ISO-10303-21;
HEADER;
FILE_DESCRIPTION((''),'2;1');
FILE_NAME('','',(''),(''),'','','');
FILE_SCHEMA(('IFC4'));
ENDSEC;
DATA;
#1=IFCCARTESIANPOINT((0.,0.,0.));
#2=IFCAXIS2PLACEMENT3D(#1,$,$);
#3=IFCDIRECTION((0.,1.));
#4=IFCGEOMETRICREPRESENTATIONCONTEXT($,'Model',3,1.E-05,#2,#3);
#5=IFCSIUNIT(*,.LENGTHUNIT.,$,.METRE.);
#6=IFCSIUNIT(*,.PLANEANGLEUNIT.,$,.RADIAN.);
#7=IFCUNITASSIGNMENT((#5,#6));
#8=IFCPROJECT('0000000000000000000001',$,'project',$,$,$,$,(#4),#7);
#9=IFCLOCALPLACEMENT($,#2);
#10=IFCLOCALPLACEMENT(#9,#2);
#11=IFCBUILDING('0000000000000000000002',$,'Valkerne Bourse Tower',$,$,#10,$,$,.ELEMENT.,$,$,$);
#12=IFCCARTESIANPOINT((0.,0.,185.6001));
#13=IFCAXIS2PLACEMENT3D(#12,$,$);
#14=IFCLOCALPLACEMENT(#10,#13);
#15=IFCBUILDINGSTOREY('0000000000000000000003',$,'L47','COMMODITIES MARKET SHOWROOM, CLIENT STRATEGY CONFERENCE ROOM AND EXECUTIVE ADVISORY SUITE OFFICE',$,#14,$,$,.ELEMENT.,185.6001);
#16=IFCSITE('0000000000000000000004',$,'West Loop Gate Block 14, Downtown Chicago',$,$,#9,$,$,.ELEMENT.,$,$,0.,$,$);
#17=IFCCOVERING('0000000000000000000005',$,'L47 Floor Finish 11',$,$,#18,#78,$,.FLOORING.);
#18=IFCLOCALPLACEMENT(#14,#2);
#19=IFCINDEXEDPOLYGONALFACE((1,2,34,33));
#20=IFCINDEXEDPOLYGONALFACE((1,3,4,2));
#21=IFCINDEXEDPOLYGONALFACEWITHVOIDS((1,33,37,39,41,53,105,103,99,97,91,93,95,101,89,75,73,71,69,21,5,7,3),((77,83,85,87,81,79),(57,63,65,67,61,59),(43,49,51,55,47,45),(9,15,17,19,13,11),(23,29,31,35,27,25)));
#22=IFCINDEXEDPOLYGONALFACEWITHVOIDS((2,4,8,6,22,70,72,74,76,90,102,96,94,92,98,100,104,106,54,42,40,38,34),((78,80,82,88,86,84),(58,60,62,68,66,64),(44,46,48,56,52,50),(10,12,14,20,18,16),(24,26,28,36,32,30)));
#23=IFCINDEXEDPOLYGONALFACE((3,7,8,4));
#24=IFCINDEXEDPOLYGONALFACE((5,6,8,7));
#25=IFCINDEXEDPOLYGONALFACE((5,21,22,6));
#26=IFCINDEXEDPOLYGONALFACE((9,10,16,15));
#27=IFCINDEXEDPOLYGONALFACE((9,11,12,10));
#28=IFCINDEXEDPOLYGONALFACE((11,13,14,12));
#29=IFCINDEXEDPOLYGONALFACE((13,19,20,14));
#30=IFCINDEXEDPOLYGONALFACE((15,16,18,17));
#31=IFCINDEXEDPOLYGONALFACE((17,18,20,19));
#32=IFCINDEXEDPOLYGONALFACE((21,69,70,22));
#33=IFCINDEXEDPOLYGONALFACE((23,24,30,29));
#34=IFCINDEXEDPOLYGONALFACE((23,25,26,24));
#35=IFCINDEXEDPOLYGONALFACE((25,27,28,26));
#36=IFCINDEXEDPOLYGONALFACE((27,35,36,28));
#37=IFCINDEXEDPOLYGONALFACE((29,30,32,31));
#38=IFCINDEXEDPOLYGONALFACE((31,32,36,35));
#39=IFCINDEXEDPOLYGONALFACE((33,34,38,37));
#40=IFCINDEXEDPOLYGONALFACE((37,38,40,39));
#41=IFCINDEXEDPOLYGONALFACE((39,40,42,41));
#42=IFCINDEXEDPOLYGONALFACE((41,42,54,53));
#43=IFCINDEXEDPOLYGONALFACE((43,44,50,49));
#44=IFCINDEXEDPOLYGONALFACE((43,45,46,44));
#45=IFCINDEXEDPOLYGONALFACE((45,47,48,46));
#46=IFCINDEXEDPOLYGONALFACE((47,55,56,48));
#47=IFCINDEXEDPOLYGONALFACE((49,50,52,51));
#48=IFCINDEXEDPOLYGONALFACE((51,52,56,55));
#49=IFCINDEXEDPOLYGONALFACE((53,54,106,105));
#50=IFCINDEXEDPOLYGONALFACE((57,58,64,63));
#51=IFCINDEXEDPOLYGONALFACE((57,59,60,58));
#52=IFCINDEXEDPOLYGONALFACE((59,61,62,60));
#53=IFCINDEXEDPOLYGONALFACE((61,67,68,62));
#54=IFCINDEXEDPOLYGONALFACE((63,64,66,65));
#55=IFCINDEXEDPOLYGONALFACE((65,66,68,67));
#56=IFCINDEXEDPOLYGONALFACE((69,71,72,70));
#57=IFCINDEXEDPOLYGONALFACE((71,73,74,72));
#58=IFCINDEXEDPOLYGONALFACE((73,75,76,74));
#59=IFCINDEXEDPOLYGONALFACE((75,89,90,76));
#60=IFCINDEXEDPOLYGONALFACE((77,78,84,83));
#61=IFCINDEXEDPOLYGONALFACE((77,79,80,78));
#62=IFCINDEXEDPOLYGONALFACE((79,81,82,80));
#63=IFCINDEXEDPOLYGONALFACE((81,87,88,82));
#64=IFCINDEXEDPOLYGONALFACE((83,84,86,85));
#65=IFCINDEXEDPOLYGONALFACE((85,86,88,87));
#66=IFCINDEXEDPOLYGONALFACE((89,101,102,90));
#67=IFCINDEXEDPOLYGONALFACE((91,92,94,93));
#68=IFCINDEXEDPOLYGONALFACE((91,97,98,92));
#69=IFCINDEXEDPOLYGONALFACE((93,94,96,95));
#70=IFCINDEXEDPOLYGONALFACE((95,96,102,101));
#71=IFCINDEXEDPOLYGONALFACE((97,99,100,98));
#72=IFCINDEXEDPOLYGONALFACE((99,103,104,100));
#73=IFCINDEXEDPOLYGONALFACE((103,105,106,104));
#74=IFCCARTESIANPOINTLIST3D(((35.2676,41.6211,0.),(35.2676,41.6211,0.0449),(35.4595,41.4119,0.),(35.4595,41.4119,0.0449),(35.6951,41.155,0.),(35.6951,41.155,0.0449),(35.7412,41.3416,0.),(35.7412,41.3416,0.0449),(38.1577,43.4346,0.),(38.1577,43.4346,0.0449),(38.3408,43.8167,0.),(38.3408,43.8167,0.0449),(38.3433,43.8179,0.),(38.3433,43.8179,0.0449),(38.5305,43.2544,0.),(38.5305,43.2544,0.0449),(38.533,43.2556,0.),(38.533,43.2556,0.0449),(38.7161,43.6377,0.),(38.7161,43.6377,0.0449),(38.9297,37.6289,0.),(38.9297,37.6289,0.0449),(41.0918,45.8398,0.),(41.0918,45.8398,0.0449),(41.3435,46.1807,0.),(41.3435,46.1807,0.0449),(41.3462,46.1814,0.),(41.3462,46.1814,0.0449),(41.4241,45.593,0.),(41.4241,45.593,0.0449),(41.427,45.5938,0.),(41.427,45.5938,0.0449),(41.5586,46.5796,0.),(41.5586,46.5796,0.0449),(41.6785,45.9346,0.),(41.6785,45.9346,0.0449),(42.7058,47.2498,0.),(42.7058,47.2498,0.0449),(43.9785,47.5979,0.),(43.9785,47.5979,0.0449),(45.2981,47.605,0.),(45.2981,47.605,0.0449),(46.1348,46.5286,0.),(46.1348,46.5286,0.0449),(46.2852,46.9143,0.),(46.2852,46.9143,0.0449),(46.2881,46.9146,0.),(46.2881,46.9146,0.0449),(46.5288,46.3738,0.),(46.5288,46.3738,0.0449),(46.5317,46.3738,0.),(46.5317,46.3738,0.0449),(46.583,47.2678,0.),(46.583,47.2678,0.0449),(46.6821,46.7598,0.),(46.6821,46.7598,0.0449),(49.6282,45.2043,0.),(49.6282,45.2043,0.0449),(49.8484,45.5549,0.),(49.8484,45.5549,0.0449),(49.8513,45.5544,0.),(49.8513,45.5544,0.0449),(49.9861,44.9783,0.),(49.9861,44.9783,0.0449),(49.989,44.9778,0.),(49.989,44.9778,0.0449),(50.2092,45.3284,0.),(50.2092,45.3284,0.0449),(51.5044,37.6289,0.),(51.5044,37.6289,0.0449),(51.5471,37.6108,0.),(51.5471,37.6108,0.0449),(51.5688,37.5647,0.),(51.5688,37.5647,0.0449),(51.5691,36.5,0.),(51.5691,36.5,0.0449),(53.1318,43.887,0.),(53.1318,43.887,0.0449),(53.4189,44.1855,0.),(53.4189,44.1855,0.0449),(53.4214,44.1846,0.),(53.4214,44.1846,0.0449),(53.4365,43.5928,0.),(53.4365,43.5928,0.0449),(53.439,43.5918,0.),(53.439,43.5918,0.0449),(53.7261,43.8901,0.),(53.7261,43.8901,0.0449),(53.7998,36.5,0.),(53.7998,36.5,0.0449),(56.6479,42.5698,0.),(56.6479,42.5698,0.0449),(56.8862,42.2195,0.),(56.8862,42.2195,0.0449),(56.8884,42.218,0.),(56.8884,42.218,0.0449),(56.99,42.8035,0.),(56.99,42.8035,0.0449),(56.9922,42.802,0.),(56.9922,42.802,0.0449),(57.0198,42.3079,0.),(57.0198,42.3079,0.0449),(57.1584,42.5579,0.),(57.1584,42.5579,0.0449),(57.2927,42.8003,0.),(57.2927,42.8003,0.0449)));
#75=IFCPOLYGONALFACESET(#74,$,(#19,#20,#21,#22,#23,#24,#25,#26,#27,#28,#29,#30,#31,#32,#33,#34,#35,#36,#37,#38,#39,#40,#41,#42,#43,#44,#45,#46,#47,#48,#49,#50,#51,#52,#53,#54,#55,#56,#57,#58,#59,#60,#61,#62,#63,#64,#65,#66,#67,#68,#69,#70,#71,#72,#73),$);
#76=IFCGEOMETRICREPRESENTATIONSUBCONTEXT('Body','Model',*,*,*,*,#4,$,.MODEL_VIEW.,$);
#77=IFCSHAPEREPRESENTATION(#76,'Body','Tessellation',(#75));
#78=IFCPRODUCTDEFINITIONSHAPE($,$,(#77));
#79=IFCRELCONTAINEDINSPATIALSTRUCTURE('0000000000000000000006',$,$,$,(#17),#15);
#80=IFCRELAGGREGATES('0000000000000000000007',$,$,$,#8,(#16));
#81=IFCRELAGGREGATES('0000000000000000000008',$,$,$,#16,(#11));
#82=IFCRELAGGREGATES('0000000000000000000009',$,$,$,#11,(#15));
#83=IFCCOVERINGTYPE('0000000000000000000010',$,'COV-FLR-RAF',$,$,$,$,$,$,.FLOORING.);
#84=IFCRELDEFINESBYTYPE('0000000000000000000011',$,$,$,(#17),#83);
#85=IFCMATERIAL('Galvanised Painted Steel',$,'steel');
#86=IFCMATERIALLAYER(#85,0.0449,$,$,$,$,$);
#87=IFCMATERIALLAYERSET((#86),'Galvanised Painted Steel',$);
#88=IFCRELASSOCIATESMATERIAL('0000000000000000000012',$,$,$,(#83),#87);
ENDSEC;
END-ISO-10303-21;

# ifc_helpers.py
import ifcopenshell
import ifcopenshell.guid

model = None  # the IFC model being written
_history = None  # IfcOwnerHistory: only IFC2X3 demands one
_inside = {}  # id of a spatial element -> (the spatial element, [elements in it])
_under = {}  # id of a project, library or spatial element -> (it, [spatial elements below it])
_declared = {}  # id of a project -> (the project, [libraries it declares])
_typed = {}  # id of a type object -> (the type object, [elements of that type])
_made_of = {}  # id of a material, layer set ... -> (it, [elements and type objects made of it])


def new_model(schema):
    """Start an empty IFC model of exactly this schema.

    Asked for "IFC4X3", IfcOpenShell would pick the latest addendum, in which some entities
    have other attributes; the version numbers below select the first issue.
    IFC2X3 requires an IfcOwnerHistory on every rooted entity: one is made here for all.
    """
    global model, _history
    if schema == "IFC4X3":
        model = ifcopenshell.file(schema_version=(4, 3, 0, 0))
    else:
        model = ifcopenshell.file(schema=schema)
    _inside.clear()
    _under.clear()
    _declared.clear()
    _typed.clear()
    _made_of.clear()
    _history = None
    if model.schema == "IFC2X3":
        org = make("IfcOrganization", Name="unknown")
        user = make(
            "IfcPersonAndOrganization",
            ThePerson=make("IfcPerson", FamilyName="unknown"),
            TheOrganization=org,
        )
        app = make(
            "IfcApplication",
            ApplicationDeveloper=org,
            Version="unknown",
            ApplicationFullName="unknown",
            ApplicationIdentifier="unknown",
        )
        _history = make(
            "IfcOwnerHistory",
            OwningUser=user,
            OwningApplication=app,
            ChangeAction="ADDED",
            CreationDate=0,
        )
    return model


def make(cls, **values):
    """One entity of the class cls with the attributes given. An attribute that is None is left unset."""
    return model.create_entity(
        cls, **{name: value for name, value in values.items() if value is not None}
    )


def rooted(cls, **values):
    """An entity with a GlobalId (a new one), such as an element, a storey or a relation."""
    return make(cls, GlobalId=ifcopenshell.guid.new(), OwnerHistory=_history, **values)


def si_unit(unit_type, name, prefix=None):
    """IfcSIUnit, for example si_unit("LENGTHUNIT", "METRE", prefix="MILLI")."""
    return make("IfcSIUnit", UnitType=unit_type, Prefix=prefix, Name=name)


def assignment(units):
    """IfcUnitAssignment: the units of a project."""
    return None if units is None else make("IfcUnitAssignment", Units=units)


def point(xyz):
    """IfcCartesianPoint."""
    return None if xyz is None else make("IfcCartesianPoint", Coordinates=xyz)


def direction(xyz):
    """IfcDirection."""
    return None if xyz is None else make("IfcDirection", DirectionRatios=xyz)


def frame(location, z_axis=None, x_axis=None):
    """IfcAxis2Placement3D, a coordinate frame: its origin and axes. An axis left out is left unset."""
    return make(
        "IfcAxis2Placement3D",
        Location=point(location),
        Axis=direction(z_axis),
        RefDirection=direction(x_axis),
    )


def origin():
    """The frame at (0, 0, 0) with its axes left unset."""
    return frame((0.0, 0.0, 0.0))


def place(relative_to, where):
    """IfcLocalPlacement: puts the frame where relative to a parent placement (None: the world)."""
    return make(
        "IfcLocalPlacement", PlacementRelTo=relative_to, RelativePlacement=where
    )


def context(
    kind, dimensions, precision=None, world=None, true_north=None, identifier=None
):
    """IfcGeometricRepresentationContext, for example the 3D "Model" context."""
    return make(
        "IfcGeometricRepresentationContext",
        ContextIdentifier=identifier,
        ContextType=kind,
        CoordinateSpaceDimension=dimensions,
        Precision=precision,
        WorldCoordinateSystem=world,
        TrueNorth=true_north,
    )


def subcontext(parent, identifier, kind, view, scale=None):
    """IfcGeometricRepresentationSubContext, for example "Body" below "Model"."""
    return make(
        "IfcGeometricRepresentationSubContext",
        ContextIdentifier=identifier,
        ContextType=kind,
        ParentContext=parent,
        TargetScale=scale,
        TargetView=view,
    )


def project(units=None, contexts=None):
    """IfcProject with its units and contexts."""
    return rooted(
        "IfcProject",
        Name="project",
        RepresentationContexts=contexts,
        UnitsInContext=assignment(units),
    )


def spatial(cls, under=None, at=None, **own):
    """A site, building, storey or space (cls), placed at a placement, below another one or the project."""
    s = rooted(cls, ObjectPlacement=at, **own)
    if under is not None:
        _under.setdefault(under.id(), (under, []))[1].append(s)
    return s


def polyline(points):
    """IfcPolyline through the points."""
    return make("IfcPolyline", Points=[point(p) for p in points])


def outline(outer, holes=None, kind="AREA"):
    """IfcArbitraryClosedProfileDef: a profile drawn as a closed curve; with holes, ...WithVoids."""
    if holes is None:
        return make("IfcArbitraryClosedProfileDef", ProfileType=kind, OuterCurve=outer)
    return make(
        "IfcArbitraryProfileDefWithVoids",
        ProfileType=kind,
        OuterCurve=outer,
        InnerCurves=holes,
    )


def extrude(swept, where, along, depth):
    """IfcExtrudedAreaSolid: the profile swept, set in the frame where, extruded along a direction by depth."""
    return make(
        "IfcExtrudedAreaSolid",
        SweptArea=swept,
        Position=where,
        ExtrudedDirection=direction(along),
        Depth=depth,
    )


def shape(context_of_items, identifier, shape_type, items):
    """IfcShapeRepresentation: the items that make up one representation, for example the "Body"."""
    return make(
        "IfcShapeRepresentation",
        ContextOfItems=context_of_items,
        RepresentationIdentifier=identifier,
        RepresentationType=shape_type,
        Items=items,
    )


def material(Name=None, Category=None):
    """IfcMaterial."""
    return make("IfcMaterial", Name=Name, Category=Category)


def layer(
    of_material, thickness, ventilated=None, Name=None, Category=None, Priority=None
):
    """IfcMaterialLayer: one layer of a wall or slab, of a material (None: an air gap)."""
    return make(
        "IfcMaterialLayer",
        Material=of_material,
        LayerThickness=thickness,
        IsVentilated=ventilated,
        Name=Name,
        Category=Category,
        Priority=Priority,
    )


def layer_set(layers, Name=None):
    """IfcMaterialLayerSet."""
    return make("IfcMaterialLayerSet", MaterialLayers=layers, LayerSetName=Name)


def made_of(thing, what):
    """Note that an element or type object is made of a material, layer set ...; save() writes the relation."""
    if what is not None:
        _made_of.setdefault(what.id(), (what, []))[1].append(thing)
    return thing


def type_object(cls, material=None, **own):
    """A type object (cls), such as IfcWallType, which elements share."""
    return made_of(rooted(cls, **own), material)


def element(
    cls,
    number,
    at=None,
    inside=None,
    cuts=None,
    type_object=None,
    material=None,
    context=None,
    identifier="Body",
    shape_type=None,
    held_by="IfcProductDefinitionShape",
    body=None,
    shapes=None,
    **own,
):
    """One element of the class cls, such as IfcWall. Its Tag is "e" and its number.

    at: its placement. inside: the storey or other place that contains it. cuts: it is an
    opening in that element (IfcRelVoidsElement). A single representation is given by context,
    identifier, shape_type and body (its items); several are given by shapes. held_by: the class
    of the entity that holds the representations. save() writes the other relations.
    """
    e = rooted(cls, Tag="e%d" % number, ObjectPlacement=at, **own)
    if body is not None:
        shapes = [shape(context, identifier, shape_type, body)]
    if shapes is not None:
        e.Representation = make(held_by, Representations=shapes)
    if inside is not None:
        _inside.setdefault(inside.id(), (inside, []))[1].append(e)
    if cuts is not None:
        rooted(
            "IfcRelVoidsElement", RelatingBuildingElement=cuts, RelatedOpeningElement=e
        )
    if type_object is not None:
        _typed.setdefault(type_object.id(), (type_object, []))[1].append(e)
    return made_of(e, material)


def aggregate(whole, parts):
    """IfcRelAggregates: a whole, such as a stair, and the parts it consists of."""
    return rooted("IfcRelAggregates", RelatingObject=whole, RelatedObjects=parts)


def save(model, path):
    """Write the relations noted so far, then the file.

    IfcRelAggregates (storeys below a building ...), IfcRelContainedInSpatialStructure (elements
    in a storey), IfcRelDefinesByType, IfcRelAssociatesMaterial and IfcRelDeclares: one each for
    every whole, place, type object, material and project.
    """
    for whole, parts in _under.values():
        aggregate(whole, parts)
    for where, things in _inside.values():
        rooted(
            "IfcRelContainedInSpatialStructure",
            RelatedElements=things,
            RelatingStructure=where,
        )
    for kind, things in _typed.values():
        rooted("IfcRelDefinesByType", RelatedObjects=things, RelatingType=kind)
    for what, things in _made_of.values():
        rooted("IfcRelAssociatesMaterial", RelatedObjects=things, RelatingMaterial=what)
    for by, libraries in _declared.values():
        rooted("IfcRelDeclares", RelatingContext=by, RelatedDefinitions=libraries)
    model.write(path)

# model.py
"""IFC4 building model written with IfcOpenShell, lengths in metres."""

from ifc_helpers import new_model, si_unit, direction, frame, origin, place, context, subcontext, project, spatial, polyline, outline, extrude, material, layer, layer_set, type_object, element, save


model = new_model("IFC4")

# Units and contexts
model_context = context("Model", 3, precision=1e-05, world=origin(), true_north=direction((0.0, 1.0)))
body_context = subcontext(model_context, "Body", "Model", "MODEL_VIEW")
ifc_project = project(units=[si_unit("LENGTHUNIT", "METRE"), si_unit("PLANEANGLEUNIT", "RADIAN")], contexts=[model_context])

# Site, building, storey
site_placement = place(None, origin())
site = spatial("IfcSite", under=ifc_project, at=site_placement, Name="West Loop Gate Block 14, Downtown Chicago", CompositionType="ELEMENT", RefElevation=0.0)
building_placement = place(site_placement, origin())
building = spatial("IfcBuilding", under=site, at=building_placement, Name="Valkerne Bourse Tower", CompositionType="ELEMENT")
storey_placement = place(building_placement, frame((0.0, 0.0, 185.6001)))
storey = spatial("IfcBuildingStorey", under=building, at=storey_placement, Name="L47", Description="COMMODITIES MARKET SHOWROOM, CLIENT STRATEGY CONFERENCE ROOM AND EXECUTIVE ADVISORY SUITE OFFICE", CompositionType="ELEMENT", Elevation=185.6001)

# Covering
ifc_material_1 = material(Name="Galvanised Painted Steel", Category="steel")
ifc_layer_1 = layer(ifc_material_1, 0.0449)
ifc_layer_set_1 = layer_set([ifc_layer_1], Name="Galvanised Painted Steel")
covering_type_1 = type_object("IfcCoveringType", Name="COV-FLR-RAF", PredefinedType="FLOORING", material=ifc_layer_set_1)
covering_1_placement = place(storey_placement, origin())
element("IfcCovering", 1, at=covering_1_placement, inside=storey, type_object=covering_type_1, Name="L47 Floor Finish 11", PredefinedType="FLOORING", context=body_context, shape_type="SweptSolid", body=[
    extrude(outline(polyline([(43.9785, 47.5979), (45.2981, 47.605), (46.583, 47.2678), (57.2927, 42.8003), (57.1584, 42.5579), (56.9922, 42.802), (56.99, 42.8035), (56.6479, 42.5698), (56.8862, 42.2195), (56.8884, 42.218), (57.0198, 42.3079), (53.7998, 36.5), (51.5691, 36.5), (51.5688, 37.5647), (51.5471, 37.6108), (51.5044, 37.6289), (38.9297, 37.6289), (35.6951, 41.155), (35.7412, 41.3416), (35.4595, 41.4119), (35.2676, 41.6211), (41.5586, 46.5796), (42.7058, 47.2498), (43.9785, 47.5979)]), holes=[polyline([(38.533, 43.2556), (38.7161, 43.6377), (38.3433, 43.8179), (38.3408, 43.8167), (38.1577, 43.4346), (38.5305, 43.2544), (38.533, 43.2556)]), polyline([(53.7261, 43.8901), (53.4214, 44.1846), (53.4189, 44.1855), (53.1318, 43.887), (53.4365, 43.5928), (53.439, 43.5918), (53.7261, 43.8901)]), polyline([(49.8513, 45.5544), (49.8484, 45.5549), (49.6282, 45.2043), (49.9861, 44.9783), (49.989, 44.9778), (50.2092, 45.3284), (49.8513, 45.5544)]), polyline([(41.6785, 45.9346), (41.3462, 46.1814), (41.3435, 46.1807), (41.0918, 45.8398), (41.4241, 45.593), (41.427, 45.5938), (41.6785, 45.9346)]), polyline([(46.6821, 46.7598), (46.2881, 46.9146), (46.2852, 46.9143), (46.1348, 46.5286), (46.5288, 46.3738), (46.5317, 46.3738), (46.6821, 46.7598)])]), origin(), (0.0, 0.0, 1.0), 0.0449),
])

save(model, "model.ifc")
